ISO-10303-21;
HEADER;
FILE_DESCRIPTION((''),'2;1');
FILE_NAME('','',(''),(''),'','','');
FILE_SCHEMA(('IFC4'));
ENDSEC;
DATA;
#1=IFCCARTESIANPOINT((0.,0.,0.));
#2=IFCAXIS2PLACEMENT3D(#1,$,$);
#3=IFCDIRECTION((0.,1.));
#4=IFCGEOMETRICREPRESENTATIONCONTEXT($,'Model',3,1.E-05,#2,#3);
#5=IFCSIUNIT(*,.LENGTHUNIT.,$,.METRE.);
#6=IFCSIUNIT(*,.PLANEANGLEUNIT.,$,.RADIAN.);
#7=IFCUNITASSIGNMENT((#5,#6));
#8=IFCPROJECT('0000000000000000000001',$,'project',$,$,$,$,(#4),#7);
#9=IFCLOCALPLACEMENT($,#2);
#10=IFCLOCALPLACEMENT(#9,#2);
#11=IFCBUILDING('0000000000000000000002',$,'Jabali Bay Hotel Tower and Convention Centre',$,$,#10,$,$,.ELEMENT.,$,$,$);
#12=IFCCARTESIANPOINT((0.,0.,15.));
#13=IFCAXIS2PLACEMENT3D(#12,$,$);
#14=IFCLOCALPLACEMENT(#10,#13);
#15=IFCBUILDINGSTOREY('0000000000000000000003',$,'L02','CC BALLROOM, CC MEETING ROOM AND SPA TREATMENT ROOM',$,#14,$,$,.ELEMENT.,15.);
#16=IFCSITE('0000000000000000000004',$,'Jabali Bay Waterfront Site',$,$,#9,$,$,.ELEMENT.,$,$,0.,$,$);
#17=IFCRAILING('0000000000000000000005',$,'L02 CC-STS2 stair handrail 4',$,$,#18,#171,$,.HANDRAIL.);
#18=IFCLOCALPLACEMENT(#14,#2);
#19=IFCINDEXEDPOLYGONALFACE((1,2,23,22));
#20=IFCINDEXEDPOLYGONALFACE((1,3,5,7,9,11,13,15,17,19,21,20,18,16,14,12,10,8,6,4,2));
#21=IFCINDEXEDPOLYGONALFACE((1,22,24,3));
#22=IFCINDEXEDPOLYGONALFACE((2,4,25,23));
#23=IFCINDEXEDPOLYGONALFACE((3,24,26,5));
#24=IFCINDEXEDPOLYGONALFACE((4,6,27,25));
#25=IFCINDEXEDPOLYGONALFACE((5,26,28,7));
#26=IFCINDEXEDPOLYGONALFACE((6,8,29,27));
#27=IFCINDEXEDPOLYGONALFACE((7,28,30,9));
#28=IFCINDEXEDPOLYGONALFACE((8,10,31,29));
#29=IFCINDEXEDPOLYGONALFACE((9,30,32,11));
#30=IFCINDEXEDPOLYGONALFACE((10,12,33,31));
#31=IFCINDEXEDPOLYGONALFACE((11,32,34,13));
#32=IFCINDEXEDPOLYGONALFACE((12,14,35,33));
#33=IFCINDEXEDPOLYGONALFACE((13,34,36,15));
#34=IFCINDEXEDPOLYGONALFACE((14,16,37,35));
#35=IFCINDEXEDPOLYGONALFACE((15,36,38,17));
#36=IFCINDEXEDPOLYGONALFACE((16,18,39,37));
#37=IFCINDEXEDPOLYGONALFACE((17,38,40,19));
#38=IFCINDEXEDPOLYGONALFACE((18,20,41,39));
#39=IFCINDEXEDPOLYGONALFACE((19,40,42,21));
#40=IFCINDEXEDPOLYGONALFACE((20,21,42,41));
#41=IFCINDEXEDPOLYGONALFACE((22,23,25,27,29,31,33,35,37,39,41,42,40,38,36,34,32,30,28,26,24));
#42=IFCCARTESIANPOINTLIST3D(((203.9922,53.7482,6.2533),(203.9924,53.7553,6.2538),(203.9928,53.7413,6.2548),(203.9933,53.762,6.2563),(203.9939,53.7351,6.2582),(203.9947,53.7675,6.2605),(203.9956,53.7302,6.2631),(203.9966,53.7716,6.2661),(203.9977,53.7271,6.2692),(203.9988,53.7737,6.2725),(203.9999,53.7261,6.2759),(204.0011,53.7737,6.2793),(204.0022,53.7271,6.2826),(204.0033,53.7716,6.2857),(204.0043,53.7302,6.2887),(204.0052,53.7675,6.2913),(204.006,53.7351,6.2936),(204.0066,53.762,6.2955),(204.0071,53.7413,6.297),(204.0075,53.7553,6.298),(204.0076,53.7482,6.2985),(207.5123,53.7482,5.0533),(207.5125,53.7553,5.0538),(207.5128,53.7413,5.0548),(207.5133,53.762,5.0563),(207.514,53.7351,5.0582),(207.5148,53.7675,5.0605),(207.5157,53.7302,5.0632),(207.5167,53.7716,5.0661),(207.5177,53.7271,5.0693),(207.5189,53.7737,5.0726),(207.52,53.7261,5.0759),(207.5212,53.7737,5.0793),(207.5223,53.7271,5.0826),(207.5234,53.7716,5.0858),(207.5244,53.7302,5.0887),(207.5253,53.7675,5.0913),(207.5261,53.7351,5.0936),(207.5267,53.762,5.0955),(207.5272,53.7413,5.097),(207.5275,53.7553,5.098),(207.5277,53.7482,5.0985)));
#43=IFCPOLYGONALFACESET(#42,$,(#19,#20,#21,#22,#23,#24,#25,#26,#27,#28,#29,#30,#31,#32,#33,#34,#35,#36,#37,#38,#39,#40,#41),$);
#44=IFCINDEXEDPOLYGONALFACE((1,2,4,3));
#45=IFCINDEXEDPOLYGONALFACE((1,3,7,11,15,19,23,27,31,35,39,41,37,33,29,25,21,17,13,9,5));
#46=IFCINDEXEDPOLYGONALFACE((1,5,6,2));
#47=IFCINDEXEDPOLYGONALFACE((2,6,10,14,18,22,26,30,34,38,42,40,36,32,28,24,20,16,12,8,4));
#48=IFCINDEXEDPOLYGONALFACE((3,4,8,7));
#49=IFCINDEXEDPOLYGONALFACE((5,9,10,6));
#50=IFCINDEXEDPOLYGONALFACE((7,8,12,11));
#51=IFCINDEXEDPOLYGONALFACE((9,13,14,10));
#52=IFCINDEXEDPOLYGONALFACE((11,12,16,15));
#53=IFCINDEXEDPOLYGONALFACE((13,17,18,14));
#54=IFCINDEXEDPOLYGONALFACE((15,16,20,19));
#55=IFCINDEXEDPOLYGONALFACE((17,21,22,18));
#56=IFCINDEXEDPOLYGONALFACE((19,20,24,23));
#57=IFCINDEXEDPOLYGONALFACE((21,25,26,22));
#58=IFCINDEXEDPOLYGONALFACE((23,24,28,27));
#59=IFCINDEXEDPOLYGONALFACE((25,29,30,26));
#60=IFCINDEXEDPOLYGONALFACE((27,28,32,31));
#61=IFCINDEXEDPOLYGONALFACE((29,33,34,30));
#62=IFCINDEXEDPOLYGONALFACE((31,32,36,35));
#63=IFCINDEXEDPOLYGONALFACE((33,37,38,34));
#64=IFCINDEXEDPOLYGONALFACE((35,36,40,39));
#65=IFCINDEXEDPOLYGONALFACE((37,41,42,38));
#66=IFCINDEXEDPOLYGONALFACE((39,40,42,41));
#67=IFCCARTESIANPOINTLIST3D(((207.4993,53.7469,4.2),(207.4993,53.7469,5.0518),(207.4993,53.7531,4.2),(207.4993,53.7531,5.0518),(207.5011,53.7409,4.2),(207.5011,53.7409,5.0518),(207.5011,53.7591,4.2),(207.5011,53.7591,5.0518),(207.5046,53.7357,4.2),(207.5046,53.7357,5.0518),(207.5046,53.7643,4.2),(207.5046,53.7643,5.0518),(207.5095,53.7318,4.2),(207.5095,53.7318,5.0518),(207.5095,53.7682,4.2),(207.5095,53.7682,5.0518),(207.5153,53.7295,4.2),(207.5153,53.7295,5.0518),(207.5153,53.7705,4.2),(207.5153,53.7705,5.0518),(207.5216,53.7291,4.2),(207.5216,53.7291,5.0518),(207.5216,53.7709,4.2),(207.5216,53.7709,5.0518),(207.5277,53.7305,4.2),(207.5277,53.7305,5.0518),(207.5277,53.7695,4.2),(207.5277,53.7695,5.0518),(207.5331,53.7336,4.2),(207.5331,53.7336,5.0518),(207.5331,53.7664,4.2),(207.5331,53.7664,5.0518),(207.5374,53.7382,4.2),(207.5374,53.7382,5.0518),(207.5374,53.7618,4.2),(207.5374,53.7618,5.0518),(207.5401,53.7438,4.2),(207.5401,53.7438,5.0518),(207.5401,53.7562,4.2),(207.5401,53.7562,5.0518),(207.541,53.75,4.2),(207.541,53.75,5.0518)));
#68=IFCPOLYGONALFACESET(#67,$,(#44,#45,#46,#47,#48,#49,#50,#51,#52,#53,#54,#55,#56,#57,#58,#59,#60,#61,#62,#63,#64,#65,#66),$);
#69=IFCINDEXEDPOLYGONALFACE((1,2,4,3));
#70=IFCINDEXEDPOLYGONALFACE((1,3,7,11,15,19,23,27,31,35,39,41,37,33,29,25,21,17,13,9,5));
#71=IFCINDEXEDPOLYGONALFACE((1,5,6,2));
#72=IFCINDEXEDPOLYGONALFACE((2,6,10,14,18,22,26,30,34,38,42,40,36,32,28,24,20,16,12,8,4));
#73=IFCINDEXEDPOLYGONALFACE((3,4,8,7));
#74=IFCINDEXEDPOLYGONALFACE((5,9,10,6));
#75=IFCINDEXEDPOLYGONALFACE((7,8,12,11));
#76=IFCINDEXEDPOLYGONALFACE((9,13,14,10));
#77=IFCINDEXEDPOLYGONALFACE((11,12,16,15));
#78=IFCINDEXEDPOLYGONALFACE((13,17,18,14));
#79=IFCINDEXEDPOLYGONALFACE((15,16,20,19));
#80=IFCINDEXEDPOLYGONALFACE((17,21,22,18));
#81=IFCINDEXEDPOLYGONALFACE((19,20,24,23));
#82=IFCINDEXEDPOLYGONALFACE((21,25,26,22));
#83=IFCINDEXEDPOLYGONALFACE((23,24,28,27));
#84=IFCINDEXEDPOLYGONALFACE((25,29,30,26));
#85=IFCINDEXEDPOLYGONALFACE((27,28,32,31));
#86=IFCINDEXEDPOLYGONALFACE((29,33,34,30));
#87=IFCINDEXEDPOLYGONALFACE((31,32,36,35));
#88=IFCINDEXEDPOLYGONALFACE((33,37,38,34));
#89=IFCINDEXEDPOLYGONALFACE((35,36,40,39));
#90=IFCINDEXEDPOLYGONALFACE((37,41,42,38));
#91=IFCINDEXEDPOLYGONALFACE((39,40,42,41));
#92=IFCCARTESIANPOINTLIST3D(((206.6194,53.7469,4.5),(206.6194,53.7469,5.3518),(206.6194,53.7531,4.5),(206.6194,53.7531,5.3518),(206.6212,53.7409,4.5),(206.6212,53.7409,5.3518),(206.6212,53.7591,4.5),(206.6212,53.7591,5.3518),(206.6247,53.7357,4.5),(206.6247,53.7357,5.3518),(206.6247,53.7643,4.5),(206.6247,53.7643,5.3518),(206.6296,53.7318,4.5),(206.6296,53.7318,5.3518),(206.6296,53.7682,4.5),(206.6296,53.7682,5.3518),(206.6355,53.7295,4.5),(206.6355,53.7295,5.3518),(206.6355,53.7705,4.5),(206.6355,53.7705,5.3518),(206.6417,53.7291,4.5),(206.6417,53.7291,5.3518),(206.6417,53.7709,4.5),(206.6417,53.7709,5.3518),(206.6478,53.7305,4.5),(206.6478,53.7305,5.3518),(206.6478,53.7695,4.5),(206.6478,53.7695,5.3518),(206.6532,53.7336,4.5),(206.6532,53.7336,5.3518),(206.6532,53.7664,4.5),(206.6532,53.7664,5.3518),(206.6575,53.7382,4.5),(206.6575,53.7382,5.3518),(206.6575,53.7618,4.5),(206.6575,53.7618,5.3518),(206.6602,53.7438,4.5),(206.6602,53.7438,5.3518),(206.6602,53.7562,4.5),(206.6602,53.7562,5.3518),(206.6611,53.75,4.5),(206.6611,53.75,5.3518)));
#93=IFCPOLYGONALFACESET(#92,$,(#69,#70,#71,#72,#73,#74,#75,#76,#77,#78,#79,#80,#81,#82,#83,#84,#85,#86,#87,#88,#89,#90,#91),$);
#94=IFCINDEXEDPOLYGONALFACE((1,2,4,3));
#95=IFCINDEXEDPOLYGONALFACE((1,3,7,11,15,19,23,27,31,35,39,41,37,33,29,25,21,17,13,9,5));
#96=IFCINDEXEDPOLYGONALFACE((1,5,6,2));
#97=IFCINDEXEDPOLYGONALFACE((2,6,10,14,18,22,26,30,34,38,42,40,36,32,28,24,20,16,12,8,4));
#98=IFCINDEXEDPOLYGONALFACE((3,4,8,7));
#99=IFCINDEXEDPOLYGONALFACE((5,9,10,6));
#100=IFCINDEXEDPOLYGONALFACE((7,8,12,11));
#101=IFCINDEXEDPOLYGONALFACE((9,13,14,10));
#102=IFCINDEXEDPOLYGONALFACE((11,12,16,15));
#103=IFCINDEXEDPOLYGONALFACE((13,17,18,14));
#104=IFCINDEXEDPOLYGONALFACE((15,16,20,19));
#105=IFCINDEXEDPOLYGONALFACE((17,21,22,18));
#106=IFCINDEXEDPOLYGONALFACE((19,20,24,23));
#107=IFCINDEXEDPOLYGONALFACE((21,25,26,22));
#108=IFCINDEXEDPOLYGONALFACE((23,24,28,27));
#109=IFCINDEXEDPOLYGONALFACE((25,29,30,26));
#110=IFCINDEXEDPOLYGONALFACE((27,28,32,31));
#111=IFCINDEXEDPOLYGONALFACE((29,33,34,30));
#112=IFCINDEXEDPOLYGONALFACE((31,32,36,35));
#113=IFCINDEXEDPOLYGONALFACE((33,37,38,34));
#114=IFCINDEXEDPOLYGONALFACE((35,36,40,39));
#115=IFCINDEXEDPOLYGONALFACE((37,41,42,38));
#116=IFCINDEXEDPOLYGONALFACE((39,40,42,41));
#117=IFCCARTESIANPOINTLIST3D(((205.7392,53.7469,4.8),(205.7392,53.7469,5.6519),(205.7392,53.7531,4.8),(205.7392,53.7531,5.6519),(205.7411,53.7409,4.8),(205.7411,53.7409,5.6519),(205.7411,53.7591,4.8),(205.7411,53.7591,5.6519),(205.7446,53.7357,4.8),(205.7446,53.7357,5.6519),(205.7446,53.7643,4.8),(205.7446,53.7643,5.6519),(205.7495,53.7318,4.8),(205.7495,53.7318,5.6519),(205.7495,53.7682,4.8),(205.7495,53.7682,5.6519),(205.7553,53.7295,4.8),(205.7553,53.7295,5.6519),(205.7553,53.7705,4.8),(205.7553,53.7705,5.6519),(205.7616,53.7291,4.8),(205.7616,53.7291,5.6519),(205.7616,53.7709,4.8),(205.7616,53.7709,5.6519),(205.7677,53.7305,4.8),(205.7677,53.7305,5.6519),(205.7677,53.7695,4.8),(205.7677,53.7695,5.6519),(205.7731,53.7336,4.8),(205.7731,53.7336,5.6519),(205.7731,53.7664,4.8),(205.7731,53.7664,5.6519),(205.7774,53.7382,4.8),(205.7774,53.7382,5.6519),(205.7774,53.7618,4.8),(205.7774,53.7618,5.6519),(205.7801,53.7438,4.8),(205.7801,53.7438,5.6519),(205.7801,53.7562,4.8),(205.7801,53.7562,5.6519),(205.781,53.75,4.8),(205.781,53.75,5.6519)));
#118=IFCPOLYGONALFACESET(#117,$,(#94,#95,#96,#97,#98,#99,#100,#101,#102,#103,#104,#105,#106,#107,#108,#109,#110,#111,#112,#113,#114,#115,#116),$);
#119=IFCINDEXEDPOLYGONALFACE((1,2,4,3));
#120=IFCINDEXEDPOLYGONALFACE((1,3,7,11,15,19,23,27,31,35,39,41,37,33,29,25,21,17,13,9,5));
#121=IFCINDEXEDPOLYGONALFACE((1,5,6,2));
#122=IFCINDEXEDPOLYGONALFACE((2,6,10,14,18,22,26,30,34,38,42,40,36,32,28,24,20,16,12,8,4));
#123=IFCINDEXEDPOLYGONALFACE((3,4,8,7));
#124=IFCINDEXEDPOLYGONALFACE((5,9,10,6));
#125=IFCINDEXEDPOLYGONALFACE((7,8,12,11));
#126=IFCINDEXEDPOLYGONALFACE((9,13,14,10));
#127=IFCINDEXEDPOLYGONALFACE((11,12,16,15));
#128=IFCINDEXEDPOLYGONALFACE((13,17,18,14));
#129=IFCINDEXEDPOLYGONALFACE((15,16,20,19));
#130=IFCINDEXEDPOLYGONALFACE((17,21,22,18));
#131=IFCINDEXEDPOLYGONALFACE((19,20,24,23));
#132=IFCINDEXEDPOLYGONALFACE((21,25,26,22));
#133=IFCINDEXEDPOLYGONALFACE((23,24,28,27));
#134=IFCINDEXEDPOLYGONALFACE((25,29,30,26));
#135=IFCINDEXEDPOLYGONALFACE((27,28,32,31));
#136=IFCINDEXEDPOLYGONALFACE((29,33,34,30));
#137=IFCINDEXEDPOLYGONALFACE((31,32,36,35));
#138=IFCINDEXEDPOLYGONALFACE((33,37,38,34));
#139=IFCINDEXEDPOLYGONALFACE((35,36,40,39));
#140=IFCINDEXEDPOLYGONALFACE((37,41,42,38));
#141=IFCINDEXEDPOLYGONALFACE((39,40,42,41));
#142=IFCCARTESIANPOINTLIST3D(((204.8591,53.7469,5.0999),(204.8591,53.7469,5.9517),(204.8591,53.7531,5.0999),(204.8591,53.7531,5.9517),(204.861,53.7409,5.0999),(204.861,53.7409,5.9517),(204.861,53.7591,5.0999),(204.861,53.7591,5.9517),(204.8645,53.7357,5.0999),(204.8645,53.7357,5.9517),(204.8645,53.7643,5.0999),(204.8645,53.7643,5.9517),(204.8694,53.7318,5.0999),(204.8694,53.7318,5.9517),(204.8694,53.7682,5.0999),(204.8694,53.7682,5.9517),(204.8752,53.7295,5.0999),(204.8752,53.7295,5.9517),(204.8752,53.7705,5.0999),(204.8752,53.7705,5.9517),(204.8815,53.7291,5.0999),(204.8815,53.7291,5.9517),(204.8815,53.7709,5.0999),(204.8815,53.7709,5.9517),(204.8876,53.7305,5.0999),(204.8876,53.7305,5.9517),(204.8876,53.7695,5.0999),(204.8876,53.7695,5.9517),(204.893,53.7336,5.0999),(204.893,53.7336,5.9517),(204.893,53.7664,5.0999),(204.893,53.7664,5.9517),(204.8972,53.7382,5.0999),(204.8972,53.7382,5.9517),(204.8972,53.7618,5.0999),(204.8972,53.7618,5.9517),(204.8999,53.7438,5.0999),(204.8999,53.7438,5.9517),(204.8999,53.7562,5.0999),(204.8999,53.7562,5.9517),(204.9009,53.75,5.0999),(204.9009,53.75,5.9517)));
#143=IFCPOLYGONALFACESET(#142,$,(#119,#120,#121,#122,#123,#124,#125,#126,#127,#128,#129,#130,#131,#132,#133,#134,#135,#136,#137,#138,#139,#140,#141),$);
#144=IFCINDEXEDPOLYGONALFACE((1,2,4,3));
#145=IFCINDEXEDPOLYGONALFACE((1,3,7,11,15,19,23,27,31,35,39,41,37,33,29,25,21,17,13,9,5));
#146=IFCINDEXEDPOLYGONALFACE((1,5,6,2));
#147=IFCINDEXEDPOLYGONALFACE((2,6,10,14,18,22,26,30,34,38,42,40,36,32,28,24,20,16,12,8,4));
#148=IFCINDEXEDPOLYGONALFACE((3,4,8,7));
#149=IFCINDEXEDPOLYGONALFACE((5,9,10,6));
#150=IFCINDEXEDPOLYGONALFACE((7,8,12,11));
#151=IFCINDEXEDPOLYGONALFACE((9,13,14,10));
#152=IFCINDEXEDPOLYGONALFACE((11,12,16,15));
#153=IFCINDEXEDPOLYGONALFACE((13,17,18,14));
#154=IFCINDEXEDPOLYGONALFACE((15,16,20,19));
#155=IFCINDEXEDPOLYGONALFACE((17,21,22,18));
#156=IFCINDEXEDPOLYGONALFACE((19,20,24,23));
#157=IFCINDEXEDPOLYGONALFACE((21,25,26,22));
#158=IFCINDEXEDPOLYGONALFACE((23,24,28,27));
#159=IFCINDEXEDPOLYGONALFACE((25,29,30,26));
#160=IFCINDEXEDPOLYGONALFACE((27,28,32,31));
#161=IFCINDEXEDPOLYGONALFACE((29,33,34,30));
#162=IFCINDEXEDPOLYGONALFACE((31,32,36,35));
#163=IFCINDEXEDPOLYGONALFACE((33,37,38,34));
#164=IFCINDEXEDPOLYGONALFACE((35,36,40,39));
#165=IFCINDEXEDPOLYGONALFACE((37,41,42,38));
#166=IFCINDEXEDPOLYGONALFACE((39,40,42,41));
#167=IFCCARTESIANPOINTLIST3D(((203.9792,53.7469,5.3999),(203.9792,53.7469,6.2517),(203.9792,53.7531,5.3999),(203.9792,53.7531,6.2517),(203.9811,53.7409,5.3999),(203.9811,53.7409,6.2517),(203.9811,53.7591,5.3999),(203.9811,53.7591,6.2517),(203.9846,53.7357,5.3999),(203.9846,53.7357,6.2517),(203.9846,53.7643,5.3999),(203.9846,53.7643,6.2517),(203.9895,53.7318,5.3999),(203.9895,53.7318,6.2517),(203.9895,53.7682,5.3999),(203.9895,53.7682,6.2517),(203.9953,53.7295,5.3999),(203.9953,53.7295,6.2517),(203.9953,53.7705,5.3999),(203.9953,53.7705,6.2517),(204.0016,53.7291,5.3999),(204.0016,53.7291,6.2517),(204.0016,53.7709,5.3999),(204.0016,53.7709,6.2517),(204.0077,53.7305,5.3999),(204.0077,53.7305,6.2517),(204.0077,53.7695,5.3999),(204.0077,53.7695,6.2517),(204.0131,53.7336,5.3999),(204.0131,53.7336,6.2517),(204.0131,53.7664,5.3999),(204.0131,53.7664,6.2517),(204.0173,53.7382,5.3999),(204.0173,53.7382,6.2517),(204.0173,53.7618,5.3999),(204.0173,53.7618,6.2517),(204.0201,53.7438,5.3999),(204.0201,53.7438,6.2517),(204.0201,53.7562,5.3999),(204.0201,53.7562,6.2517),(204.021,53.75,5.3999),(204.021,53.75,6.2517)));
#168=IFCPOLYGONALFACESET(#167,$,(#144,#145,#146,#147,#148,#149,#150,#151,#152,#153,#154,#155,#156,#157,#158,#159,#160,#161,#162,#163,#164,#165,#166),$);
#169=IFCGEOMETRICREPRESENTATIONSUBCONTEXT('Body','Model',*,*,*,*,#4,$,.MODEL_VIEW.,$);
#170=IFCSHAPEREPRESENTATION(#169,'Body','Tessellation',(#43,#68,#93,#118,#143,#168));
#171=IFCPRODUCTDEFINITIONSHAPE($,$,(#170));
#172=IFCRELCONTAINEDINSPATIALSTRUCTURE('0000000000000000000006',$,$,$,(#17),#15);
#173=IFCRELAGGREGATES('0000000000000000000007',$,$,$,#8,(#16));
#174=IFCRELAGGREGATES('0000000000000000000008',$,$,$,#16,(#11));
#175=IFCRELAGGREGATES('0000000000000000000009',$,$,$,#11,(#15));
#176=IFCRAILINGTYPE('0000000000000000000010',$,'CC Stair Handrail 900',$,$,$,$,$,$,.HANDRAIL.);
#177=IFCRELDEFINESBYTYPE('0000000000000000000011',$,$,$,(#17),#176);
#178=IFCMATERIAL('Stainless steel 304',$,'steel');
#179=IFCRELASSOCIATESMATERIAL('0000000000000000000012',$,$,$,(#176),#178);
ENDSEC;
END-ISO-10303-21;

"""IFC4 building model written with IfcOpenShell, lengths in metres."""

from ifc_helpers import new_model, si_unit, direction, frame, origin, origin_2d, place, context, subcontext, project, spatial, circle, extrude, material, type_object, element, save


model = new_model("IFC4")

# Units and contexts
model_context = context("Model", 3, precision=1e-05, world=origin(), true_north=direction((0.0, 1.0)))
body_context = subcontext(model_context, "Body", "Model", "MODEL_VIEW")
ifc_project = project(units=[si_unit("LENGTHUNIT", "METRE"), si_unit("PLANEANGLEUNIT", "RADIAN")], contexts=[model_context])

# Site, building, storey
site_placement = place(None, origin())
site = spatial("IfcSite", under=ifc_project, at=site_placement, Name="Jabali Bay Waterfront Site", CompositionType="ELEMENT", RefElevation=0.0)
building_placement = place(site_placement, origin())
building = spatial("IfcBuilding", under=site, at=building_placement, Name="Jabali Bay Hotel Tower and Convention Centre", CompositionType="ELEMENT")
storey_placement = place(building_placement, frame((0.0, 0.0, 15.0)))
storey = spatial("IfcBuildingStorey", under=building, at=storey_placement, Name="L02", Description="CC BALLROOM, CC MEETING ROOM AND SPA TREATMENT ROOM", CompositionType="ELEMENT", Elevation=15.0)

# Railing
ifc_material_1 = material(Name="Stainless steel 304", Category="steel")
railing_type_1 = type_object("IfcRailingType", Name="CC Stair Handrail 900", PredefinedType="HANDRAIL", material=ifc_material_1)
for number, where, name in (
    (1, (207.52, 53.75, 4.2), "L02 CC-STS2 stair handrail 4"),
):
    element("IfcRailing", number, at=place(storey_placement, frame(where)), inside=storey, type_object=railing_type_1, Name=name, PredefinedType="HANDRAIL", context=body_context, shape_type="SweptSolid", body=[
        extrude(circle(Radius=0.0239, at=origin_2d()), frame((0.0, 0.0, 0.876), z_axis=(-0.946515, 0.0, 0.322661), x_axis=(0.0, -1.0, 0.0)), (0.0, 0.0, 1.0), 3.719),
        extrude(circle(Radius=0.021, at=origin_2d()), origin(), (0.0, 0.0, 1.0), 0.8518),
        extrude(circle(Radius=0.021, at=origin_2d()), frame((-0.8799, 0.0, 0.3)), (0.0, 0.0, 1.0), 0.8518),
        extrude(circle(Radius=0.021, at=origin_2d()), frame((-1.76, 0.0, 0.6001)), (0.0, 0.0, 1.0), 0.8518),
        extrude(circle(Radius=0.021, at=origin_2d()), frame((-2.6401, 0.0, 0.8999)), (0.0, 0.0, 1.0), 0.8518),
        extrude(circle(Radius=0.021, at=origin_2d()), frame((-3.52, 0.0, 1.2)), (0.0, 0.0, 1.0), 0.8518),
    ])

save(model, "model.ifc")
